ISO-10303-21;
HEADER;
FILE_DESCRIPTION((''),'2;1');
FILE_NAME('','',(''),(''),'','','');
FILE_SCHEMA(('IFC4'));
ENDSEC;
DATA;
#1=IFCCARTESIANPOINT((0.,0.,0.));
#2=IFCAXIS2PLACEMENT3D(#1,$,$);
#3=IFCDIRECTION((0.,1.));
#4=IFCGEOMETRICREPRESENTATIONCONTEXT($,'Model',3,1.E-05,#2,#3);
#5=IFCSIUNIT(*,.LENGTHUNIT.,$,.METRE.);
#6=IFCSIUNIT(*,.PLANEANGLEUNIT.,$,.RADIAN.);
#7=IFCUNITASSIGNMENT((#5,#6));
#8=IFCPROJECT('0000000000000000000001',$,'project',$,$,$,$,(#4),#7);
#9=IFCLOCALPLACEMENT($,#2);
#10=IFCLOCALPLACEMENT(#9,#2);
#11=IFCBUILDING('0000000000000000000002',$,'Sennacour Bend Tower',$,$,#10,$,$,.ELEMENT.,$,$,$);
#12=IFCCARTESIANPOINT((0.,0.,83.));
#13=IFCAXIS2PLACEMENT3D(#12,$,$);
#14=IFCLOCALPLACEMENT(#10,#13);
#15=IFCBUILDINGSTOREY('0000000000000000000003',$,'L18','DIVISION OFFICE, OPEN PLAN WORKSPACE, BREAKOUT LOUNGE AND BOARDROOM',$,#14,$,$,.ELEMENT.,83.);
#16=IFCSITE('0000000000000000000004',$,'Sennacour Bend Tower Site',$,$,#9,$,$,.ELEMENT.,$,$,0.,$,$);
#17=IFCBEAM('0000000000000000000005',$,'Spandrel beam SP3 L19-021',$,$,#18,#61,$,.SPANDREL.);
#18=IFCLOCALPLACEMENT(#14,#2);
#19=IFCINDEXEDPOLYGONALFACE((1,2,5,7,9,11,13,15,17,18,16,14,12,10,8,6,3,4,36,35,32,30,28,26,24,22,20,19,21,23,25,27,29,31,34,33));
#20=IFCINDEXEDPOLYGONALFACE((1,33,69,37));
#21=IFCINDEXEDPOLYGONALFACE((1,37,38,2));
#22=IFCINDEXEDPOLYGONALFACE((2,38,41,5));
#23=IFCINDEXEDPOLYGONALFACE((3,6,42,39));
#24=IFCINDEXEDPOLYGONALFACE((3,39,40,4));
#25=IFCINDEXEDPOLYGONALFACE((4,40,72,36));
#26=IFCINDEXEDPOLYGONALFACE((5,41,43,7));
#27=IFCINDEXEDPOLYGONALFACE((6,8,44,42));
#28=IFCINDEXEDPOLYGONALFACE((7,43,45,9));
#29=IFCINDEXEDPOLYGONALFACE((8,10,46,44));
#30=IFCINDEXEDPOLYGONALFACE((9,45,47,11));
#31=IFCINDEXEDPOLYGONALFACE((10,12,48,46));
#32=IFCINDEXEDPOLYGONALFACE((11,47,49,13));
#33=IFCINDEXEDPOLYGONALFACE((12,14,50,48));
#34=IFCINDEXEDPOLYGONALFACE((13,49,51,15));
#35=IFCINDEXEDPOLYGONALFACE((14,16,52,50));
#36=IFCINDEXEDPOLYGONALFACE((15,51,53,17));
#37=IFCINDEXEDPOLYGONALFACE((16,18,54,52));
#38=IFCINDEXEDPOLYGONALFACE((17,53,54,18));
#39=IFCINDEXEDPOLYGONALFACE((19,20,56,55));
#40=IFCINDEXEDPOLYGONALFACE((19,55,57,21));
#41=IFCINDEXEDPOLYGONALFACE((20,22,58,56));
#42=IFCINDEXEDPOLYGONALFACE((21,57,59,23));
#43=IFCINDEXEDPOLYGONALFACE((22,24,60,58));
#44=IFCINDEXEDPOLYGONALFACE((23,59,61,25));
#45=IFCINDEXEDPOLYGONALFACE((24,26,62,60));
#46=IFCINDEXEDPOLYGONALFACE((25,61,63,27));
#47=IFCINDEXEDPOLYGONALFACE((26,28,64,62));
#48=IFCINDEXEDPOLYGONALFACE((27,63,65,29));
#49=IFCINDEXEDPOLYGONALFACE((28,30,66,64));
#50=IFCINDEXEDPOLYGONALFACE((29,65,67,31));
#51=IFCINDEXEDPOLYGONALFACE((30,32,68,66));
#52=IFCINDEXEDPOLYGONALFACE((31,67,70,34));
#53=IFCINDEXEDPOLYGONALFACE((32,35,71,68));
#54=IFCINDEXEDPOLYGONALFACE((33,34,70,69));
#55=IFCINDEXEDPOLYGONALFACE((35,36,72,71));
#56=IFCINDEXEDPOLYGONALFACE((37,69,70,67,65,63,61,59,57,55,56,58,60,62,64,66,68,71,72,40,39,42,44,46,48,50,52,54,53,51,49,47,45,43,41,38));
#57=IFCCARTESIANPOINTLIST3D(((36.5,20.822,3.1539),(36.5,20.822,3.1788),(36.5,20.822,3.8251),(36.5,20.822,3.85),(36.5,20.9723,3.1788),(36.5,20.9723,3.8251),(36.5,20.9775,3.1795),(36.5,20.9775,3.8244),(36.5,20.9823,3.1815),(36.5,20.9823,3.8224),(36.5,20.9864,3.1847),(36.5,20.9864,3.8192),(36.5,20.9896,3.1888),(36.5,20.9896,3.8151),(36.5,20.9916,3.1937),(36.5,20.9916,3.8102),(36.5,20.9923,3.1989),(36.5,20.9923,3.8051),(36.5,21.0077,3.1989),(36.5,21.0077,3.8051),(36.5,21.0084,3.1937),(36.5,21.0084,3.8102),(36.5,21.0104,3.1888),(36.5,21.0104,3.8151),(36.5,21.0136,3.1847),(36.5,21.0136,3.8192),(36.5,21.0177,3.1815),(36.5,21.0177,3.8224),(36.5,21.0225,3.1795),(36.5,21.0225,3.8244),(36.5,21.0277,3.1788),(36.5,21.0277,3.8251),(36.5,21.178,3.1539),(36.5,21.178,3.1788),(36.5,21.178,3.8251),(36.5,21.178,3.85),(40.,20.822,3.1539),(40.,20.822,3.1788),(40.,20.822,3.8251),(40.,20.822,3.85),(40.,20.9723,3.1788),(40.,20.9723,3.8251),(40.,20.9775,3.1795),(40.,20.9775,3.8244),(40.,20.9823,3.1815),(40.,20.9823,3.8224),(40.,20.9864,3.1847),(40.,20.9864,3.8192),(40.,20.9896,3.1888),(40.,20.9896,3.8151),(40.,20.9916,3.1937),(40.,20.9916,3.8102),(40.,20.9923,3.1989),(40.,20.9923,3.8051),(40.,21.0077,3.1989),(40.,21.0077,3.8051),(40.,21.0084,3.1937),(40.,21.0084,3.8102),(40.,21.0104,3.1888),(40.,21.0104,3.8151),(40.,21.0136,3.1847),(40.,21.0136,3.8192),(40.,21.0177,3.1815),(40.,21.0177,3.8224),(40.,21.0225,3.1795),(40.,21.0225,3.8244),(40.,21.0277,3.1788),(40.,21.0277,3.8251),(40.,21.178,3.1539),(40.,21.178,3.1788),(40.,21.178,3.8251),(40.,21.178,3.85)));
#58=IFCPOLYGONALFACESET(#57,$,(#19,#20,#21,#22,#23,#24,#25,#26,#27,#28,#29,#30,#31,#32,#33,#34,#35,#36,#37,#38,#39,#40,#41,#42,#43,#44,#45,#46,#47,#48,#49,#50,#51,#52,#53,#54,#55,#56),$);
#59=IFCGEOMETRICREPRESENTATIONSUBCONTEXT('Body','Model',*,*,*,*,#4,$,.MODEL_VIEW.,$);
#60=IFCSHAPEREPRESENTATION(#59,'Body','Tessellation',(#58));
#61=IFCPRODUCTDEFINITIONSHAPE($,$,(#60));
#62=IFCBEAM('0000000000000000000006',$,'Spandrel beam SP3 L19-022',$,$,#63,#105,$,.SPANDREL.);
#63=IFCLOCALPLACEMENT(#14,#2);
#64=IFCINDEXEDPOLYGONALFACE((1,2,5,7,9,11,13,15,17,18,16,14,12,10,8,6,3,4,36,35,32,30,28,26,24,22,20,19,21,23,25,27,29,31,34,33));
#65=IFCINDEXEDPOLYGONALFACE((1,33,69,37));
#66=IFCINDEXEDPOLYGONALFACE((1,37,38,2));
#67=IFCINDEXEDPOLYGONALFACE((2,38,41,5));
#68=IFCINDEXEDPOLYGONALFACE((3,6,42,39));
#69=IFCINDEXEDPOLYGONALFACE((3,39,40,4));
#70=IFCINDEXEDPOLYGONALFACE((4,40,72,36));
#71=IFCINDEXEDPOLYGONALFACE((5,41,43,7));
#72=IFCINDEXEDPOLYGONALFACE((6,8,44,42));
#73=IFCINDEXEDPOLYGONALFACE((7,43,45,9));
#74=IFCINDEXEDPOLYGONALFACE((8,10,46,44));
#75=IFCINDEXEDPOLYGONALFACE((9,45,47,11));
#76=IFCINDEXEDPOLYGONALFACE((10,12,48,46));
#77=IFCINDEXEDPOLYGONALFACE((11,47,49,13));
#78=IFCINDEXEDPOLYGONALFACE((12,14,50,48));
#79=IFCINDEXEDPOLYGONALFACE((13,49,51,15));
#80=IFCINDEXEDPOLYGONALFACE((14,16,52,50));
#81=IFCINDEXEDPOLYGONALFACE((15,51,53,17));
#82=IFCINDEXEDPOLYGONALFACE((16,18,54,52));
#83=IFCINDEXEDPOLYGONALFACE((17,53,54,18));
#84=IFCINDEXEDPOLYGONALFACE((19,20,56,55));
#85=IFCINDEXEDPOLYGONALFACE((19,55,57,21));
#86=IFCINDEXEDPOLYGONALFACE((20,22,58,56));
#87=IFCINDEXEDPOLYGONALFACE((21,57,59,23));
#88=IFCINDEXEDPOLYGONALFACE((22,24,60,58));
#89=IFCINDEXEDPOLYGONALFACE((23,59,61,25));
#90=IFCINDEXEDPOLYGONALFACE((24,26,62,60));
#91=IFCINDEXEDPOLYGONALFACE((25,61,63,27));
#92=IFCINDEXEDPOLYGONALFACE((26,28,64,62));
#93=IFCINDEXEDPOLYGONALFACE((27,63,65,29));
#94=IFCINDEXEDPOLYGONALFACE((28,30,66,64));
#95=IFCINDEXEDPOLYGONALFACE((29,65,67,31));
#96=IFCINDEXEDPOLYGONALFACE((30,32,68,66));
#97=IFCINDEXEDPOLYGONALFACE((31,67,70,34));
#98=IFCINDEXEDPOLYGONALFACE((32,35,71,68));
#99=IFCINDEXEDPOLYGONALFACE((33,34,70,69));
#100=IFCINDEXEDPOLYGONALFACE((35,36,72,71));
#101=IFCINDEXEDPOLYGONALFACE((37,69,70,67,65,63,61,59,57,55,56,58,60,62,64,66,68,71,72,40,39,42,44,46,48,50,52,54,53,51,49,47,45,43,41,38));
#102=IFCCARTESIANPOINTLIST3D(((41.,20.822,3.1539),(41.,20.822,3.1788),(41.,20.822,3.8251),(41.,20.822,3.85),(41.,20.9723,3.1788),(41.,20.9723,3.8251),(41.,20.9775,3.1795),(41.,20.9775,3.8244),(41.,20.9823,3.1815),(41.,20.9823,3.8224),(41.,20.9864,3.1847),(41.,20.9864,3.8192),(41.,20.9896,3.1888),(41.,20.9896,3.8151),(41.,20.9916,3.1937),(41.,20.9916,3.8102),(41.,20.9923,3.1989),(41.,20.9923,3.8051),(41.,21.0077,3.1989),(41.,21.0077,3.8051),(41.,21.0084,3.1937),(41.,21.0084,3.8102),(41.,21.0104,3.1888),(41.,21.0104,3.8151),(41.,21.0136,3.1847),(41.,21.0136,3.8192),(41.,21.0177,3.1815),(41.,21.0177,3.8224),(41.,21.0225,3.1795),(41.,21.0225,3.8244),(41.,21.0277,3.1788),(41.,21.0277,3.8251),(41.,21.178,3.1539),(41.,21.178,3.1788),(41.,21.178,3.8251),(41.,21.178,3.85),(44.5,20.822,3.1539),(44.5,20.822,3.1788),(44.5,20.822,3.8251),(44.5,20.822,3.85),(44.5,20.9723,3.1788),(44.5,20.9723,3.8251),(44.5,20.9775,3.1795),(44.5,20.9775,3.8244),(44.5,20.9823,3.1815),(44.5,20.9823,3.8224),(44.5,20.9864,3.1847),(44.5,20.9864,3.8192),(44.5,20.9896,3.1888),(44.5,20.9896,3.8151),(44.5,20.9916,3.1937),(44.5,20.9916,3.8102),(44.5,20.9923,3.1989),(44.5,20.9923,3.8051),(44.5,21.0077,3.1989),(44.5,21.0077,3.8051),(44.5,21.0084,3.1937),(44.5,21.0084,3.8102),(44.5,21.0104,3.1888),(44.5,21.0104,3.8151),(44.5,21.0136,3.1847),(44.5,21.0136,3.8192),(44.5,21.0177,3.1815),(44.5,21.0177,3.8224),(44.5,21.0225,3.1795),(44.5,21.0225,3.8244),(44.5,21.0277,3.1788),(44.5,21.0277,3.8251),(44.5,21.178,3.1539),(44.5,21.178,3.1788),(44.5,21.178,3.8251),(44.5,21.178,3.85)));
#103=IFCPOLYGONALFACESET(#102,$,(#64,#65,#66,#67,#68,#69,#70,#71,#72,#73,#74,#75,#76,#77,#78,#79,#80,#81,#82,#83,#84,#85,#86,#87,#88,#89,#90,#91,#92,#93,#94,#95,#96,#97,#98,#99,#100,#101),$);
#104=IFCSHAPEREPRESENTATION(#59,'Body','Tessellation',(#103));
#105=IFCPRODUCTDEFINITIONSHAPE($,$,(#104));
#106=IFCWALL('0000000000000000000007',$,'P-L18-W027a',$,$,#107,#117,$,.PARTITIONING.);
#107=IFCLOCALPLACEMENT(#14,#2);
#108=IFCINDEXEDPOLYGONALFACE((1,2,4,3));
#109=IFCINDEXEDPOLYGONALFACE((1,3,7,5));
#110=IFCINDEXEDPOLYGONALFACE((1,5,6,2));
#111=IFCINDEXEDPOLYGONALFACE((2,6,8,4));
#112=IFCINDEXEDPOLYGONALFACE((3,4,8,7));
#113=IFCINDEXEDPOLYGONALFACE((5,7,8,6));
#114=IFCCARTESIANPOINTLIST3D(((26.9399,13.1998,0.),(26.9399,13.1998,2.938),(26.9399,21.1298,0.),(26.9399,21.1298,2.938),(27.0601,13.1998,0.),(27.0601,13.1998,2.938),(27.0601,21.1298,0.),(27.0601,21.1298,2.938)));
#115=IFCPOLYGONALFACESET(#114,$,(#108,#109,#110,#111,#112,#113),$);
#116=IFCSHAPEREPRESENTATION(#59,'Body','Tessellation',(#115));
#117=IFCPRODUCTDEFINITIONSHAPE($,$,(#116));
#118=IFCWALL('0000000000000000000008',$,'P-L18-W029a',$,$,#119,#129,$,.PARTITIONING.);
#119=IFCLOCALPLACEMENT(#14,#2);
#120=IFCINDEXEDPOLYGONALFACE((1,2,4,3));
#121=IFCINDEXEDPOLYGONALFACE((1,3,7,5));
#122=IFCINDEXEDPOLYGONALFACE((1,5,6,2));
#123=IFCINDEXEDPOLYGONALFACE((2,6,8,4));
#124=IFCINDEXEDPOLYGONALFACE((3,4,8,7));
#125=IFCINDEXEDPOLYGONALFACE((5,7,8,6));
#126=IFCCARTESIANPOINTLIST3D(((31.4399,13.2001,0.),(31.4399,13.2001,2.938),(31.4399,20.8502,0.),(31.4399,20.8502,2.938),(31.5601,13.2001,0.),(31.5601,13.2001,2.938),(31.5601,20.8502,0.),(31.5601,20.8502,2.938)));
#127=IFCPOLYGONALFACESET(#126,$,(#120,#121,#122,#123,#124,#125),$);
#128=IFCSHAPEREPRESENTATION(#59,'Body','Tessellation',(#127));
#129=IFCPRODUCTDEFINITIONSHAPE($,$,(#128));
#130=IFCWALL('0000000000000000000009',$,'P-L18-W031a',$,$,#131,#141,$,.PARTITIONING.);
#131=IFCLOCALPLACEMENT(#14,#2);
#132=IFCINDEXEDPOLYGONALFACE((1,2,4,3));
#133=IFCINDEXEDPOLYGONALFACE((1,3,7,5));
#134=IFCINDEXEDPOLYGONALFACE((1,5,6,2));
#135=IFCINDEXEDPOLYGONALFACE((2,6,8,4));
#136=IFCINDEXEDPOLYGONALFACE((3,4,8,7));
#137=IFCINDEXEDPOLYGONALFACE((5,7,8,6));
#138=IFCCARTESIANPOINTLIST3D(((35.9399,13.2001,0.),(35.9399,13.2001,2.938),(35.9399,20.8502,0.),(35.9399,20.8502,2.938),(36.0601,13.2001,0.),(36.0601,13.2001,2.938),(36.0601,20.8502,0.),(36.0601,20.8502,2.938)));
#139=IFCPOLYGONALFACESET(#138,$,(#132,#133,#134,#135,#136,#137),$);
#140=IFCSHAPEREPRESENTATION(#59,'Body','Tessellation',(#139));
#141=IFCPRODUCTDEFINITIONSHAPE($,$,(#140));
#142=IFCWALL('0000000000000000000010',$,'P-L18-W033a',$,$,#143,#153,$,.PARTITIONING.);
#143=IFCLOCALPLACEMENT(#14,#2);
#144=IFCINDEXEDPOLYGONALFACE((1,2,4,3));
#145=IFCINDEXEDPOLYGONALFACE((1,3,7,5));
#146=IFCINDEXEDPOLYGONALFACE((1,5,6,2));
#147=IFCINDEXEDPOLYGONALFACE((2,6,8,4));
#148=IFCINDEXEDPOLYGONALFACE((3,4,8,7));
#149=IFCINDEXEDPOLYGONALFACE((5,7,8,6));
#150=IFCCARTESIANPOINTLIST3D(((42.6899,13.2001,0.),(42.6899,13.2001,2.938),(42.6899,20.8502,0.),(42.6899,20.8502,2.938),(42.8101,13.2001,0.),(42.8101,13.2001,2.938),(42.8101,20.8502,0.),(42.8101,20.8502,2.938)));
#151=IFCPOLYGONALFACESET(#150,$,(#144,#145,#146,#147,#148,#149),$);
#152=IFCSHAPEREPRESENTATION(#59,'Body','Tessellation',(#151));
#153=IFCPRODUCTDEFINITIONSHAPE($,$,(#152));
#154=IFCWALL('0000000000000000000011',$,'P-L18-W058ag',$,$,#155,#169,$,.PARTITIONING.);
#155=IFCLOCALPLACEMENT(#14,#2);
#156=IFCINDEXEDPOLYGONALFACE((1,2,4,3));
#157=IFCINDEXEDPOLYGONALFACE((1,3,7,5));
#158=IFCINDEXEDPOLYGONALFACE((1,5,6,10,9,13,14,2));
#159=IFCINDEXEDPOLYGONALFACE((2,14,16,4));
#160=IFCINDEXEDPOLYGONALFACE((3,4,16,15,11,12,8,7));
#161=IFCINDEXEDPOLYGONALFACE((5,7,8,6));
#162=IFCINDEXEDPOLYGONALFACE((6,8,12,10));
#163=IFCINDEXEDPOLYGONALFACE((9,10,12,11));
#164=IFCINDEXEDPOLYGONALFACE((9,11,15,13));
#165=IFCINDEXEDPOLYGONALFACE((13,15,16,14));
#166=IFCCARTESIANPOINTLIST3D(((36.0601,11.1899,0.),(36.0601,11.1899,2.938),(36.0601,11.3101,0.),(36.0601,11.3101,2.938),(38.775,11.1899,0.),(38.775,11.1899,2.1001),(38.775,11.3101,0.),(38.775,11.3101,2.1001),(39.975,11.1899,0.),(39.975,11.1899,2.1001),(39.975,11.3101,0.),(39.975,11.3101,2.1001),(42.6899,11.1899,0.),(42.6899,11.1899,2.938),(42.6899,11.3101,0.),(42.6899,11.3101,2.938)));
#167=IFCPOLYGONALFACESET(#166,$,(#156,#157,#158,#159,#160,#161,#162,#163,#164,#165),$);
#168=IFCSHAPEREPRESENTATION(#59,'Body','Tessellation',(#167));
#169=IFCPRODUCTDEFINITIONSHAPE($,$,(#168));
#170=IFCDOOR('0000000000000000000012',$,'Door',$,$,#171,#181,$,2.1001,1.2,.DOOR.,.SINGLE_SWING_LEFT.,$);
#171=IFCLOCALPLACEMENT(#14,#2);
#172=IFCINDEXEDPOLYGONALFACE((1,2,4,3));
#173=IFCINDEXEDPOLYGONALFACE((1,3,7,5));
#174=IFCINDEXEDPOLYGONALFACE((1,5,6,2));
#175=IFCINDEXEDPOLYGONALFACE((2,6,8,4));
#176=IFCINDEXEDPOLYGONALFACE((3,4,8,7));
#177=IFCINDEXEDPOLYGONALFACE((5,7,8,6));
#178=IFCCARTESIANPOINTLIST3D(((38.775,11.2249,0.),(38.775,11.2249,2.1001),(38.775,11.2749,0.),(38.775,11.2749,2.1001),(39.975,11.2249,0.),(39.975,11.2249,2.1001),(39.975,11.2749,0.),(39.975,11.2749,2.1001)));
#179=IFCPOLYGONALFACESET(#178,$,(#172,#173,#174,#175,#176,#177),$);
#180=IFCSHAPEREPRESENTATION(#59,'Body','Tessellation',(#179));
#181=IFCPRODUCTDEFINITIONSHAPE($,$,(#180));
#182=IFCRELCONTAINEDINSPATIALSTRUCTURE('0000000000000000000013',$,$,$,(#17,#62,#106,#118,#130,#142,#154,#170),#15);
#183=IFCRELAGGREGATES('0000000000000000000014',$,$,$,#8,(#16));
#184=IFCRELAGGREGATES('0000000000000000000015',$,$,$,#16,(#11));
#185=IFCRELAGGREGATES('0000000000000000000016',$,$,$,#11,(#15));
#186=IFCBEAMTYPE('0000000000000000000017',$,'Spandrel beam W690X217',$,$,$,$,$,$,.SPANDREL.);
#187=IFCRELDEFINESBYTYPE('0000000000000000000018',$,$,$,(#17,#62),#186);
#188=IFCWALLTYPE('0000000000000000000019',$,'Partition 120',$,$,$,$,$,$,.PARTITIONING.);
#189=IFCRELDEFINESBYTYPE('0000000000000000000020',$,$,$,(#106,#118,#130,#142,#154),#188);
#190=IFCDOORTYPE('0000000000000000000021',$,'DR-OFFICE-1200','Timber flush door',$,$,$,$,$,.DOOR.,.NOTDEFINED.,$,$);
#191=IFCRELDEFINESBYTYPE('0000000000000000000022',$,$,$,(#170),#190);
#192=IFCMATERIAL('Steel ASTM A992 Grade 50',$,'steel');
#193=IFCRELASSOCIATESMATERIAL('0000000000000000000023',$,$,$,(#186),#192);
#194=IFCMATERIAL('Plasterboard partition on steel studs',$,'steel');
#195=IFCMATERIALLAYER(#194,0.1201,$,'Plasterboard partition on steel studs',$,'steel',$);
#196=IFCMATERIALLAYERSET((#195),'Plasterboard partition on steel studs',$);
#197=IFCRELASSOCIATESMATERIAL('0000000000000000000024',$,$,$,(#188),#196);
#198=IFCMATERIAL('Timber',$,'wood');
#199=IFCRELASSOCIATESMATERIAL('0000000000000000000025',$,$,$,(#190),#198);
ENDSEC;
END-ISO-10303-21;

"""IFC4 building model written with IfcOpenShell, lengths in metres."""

from ifc_helpers import new_model, si_unit, direction, frame, frame_2d, origin, origin_2d, place, context, subcontext, project, spatial, rectangle, i_section, extrude, material, layer, layer_set, material_profile, profile_set, type_object, element, fill, save


model = new_model("IFC4")

# Units and contexts
model_context = context("Model", 3, precision=1e-05, world=origin(), true_north=direction((0.0, 1.0)))
body_context = subcontext(model_context, "Body", "Model", "MODEL_VIEW")
ifc_project = project(units=[si_unit("LENGTHUNIT", "METRE"), si_unit("PLANEANGLEUNIT", "RADIAN")], contexts=[model_context])

# Site, building, storey
site_placement = place(None, origin())
site = spatial("IfcSite", under=ifc_project, at=site_placement, Name="Sennacour Bend Tower Site", CompositionType="ELEMENT", RefElevation=0.0)
building_placement = place(site_placement, origin())
building = spatial("IfcBuilding", under=site, at=building_placement, Name="Sennacour Bend Tower", CompositionType="ELEMENT")
storey_placement = place(building_placement, frame((0.0, 0.0, 83.0)))
storey = spatial("IfcBuildingStorey", under=building, at=storey_placement, Name="L18", Description="DIVISION OFFICE, OPEN PLAN WORKSPACE, BREAKOUT LOUNGE AND BOARDROOM", CompositionType="ELEMENT", Elevation=83.0)

# Beams
ifc_material_1 = material(Name="Steel ASTM A992 Grade 50", Category="steel")
ifc_material_profile_1 = material_profile(ifc_material_1, i_section(OverallWidth=0.356, OverallDepth=0.696, WebThickness=0.0154, FlangeThickness=0.0249, FilletRadius=0.02, at=origin_2d()), Name="Steel ASTM A992 Grade 50", Category="steel")
ifc_profile_set_1 = profile_set([ifc_material_profile_1], Name="Steel ASTM A992 Grade 50")
beam_type = type_object("IfcBeamType", Name="Spandrel beam W690X217", PredefinedType="SPANDREL", material=ifc_profile_set_1)
for number, where, z_axis, x_axis, name in (
    (1, (36.5, 21.0, 3.502), (1.0, 0.0, 0.0), (0.0, 1.0, 0.0), "Spandrel beam SP3 L19-021"),
    (2, (41.0, 21.0, 3.502), (1.0, 0.0, 0.0), (0.0, 1.0, 0.0), "Spandrel beam SP3 L19-022"),
):
    element("IfcBeam", number, at=place(storey_placement, frame(where, z_axis=z_axis, x_axis=x_axis)), inside=storey, type_object=beam_type, Name=name, PredefinedType="SPANDREL", context=body_context, shape_type="SweptSolid", body=[
        extrude(i_section(OverallWidth=0.356, OverallDepth=0.696, WebThickness=0.0154, FlangeThickness=0.0249, FilletRadius=0.02, at=origin_2d()), origin(), (0.0, 0.0, 1.0), 3.5),
    ])

# Walls
ifc_material_2 = material(Name="Plasterboard partition on steel studs", Category="steel")
ifc_layer_1 = layer(ifc_material_2, 0.1201, Name="Plasterboard partition on steel studs", Category="steel")
ifc_layer_set_1 = layer_set([ifc_layer_1], Name="Plasterboard partition on steel studs")
wall_type_1 = type_object("IfcWallType", Name="Partition 120", PredefinedType="PARTITIONING", material=ifc_layer_set_1)
wall_1_placement = place(storey_placement, frame((27.0, 13.2, 0.0), z_axis=(0.0, 0.0, 1.0), x_axis=(0.0, 1.0, 0.0)))
element("IfcWall", 3, at=wall_1_placement, inside=storey, type_object=wall_type_1, Name="P-L18-W027a", PredefinedType="PARTITIONING", context=body_context, shape_type="SweptSolid", body=[
    extrude(rectangle(XDim=7.9299, YDim=0.1201, at=frame_2d((3.9648, 0.0))), origin(), (0.0, 0.0, 1.0), 2.938),
])
for number, where, z_axis, x_axis, name in (
    (4, (31.5, 13.2, 0.0), (0.0, 0.0, 1.0), (0.0, 1.0, 0.0), "P-L18-W029a"),
    (5, (36.0, 13.2, 0.0), (0.0, 0.0, 1.0), (0.0, 1.0, 0.0), "P-L18-W031a"),
    (6, (42.75, 13.2, 0.0), (0.0, 0.0, 1.0), (0.0, 1.0, 0.0), "P-L18-W033a"),
):
    element("IfcWall", number, at=place(storey_placement, frame(where, z_axis=z_axis, x_axis=x_axis)), inside=storey, type_object=wall_type_1, Name=name, PredefinedType="PARTITIONING", context=body_context, shape_type="SweptSolid", body=[
        extrude(rectangle(XDim=7.6501, YDim=0.1201, at=frame_2d((3.8252, 0.0))), origin(), (0.0, 0.0, 1.0), 2.938),
    ])

# Wall, opening, door
wall_2_placement = place(storey_placement, frame((36.0601, 11.25, 0.0), z_axis=(0.0, 0.0, 1.0), x_axis=(1.0, 0.0, 0.0)))
wall_2 = element("IfcWall", 7, at=wall_2_placement, inside=storey, type_object=wall_type_1, Name="P-L18-W058ag", PredefinedType="PARTITIONING", context=body_context, shape_type="SweptSolid", body=[
    extrude(rectangle(XDim=6.6299, YDim=0.1201, at=frame_2d((3.3149, 0.0))), origin(), (0.0, 0.0, 1.0), 2.938),
])
opening_1_placement = place(wall_2_placement, frame((2.7148, 0.0, 0.0)))
opening_1 = element("IfcOpeningElement", 8, at=opening_1_placement, cuts=wall_2, PredefinedType="OPENING", context=body_context, shape_type="SweptSolid", body=[
    extrude(rectangle(XDim=1.2, YDim=2.1001, at=frame_2d((0.6001, 1.05))), frame((0.0, 0.0701, 0.0), z_axis=(0.0, -1.0, 0.0), x_axis=(1.0, 0.0, 0.0)), (0.0, 0.0, 1.0), 0.1401),
])
ifc_material_3 = material(Name="Timber", Category="wood")
door_type_1 = type_object("IfcDoorType", Name="DR-OFFICE-1200", Description="Timber flush door", OperationType="NOTDEFINED", PredefinedType="DOOR", material=ifc_material_3)
door_1_placement = place(opening_1_placement, origin())
door_1 = element("IfcDoor", 9, at=door_1_placement, inside=storey, type_object=door_type_1, Name="Door", OperationType="SINGLE_SWING_LEFT", OverallHeight=2.1001, OverallWidth=1.2, PredefinedType="DOOR", context=body_context, shape_type="SweptSolid", body=[
    extrude(rectangle(XDim=1.2, YDim=2.1001, at=frame_2d((0.6001, 1.05))), frame((0.0, 0.0249, 0.0), z_axis=(0.0, -1.0, 0.0), x_axis=(1.0, 0.0, 0.0)), (0.0, 0.0, 1.0), 0.05),
])
fill(opening_1, door_1)

save(model, "model.ifc")
